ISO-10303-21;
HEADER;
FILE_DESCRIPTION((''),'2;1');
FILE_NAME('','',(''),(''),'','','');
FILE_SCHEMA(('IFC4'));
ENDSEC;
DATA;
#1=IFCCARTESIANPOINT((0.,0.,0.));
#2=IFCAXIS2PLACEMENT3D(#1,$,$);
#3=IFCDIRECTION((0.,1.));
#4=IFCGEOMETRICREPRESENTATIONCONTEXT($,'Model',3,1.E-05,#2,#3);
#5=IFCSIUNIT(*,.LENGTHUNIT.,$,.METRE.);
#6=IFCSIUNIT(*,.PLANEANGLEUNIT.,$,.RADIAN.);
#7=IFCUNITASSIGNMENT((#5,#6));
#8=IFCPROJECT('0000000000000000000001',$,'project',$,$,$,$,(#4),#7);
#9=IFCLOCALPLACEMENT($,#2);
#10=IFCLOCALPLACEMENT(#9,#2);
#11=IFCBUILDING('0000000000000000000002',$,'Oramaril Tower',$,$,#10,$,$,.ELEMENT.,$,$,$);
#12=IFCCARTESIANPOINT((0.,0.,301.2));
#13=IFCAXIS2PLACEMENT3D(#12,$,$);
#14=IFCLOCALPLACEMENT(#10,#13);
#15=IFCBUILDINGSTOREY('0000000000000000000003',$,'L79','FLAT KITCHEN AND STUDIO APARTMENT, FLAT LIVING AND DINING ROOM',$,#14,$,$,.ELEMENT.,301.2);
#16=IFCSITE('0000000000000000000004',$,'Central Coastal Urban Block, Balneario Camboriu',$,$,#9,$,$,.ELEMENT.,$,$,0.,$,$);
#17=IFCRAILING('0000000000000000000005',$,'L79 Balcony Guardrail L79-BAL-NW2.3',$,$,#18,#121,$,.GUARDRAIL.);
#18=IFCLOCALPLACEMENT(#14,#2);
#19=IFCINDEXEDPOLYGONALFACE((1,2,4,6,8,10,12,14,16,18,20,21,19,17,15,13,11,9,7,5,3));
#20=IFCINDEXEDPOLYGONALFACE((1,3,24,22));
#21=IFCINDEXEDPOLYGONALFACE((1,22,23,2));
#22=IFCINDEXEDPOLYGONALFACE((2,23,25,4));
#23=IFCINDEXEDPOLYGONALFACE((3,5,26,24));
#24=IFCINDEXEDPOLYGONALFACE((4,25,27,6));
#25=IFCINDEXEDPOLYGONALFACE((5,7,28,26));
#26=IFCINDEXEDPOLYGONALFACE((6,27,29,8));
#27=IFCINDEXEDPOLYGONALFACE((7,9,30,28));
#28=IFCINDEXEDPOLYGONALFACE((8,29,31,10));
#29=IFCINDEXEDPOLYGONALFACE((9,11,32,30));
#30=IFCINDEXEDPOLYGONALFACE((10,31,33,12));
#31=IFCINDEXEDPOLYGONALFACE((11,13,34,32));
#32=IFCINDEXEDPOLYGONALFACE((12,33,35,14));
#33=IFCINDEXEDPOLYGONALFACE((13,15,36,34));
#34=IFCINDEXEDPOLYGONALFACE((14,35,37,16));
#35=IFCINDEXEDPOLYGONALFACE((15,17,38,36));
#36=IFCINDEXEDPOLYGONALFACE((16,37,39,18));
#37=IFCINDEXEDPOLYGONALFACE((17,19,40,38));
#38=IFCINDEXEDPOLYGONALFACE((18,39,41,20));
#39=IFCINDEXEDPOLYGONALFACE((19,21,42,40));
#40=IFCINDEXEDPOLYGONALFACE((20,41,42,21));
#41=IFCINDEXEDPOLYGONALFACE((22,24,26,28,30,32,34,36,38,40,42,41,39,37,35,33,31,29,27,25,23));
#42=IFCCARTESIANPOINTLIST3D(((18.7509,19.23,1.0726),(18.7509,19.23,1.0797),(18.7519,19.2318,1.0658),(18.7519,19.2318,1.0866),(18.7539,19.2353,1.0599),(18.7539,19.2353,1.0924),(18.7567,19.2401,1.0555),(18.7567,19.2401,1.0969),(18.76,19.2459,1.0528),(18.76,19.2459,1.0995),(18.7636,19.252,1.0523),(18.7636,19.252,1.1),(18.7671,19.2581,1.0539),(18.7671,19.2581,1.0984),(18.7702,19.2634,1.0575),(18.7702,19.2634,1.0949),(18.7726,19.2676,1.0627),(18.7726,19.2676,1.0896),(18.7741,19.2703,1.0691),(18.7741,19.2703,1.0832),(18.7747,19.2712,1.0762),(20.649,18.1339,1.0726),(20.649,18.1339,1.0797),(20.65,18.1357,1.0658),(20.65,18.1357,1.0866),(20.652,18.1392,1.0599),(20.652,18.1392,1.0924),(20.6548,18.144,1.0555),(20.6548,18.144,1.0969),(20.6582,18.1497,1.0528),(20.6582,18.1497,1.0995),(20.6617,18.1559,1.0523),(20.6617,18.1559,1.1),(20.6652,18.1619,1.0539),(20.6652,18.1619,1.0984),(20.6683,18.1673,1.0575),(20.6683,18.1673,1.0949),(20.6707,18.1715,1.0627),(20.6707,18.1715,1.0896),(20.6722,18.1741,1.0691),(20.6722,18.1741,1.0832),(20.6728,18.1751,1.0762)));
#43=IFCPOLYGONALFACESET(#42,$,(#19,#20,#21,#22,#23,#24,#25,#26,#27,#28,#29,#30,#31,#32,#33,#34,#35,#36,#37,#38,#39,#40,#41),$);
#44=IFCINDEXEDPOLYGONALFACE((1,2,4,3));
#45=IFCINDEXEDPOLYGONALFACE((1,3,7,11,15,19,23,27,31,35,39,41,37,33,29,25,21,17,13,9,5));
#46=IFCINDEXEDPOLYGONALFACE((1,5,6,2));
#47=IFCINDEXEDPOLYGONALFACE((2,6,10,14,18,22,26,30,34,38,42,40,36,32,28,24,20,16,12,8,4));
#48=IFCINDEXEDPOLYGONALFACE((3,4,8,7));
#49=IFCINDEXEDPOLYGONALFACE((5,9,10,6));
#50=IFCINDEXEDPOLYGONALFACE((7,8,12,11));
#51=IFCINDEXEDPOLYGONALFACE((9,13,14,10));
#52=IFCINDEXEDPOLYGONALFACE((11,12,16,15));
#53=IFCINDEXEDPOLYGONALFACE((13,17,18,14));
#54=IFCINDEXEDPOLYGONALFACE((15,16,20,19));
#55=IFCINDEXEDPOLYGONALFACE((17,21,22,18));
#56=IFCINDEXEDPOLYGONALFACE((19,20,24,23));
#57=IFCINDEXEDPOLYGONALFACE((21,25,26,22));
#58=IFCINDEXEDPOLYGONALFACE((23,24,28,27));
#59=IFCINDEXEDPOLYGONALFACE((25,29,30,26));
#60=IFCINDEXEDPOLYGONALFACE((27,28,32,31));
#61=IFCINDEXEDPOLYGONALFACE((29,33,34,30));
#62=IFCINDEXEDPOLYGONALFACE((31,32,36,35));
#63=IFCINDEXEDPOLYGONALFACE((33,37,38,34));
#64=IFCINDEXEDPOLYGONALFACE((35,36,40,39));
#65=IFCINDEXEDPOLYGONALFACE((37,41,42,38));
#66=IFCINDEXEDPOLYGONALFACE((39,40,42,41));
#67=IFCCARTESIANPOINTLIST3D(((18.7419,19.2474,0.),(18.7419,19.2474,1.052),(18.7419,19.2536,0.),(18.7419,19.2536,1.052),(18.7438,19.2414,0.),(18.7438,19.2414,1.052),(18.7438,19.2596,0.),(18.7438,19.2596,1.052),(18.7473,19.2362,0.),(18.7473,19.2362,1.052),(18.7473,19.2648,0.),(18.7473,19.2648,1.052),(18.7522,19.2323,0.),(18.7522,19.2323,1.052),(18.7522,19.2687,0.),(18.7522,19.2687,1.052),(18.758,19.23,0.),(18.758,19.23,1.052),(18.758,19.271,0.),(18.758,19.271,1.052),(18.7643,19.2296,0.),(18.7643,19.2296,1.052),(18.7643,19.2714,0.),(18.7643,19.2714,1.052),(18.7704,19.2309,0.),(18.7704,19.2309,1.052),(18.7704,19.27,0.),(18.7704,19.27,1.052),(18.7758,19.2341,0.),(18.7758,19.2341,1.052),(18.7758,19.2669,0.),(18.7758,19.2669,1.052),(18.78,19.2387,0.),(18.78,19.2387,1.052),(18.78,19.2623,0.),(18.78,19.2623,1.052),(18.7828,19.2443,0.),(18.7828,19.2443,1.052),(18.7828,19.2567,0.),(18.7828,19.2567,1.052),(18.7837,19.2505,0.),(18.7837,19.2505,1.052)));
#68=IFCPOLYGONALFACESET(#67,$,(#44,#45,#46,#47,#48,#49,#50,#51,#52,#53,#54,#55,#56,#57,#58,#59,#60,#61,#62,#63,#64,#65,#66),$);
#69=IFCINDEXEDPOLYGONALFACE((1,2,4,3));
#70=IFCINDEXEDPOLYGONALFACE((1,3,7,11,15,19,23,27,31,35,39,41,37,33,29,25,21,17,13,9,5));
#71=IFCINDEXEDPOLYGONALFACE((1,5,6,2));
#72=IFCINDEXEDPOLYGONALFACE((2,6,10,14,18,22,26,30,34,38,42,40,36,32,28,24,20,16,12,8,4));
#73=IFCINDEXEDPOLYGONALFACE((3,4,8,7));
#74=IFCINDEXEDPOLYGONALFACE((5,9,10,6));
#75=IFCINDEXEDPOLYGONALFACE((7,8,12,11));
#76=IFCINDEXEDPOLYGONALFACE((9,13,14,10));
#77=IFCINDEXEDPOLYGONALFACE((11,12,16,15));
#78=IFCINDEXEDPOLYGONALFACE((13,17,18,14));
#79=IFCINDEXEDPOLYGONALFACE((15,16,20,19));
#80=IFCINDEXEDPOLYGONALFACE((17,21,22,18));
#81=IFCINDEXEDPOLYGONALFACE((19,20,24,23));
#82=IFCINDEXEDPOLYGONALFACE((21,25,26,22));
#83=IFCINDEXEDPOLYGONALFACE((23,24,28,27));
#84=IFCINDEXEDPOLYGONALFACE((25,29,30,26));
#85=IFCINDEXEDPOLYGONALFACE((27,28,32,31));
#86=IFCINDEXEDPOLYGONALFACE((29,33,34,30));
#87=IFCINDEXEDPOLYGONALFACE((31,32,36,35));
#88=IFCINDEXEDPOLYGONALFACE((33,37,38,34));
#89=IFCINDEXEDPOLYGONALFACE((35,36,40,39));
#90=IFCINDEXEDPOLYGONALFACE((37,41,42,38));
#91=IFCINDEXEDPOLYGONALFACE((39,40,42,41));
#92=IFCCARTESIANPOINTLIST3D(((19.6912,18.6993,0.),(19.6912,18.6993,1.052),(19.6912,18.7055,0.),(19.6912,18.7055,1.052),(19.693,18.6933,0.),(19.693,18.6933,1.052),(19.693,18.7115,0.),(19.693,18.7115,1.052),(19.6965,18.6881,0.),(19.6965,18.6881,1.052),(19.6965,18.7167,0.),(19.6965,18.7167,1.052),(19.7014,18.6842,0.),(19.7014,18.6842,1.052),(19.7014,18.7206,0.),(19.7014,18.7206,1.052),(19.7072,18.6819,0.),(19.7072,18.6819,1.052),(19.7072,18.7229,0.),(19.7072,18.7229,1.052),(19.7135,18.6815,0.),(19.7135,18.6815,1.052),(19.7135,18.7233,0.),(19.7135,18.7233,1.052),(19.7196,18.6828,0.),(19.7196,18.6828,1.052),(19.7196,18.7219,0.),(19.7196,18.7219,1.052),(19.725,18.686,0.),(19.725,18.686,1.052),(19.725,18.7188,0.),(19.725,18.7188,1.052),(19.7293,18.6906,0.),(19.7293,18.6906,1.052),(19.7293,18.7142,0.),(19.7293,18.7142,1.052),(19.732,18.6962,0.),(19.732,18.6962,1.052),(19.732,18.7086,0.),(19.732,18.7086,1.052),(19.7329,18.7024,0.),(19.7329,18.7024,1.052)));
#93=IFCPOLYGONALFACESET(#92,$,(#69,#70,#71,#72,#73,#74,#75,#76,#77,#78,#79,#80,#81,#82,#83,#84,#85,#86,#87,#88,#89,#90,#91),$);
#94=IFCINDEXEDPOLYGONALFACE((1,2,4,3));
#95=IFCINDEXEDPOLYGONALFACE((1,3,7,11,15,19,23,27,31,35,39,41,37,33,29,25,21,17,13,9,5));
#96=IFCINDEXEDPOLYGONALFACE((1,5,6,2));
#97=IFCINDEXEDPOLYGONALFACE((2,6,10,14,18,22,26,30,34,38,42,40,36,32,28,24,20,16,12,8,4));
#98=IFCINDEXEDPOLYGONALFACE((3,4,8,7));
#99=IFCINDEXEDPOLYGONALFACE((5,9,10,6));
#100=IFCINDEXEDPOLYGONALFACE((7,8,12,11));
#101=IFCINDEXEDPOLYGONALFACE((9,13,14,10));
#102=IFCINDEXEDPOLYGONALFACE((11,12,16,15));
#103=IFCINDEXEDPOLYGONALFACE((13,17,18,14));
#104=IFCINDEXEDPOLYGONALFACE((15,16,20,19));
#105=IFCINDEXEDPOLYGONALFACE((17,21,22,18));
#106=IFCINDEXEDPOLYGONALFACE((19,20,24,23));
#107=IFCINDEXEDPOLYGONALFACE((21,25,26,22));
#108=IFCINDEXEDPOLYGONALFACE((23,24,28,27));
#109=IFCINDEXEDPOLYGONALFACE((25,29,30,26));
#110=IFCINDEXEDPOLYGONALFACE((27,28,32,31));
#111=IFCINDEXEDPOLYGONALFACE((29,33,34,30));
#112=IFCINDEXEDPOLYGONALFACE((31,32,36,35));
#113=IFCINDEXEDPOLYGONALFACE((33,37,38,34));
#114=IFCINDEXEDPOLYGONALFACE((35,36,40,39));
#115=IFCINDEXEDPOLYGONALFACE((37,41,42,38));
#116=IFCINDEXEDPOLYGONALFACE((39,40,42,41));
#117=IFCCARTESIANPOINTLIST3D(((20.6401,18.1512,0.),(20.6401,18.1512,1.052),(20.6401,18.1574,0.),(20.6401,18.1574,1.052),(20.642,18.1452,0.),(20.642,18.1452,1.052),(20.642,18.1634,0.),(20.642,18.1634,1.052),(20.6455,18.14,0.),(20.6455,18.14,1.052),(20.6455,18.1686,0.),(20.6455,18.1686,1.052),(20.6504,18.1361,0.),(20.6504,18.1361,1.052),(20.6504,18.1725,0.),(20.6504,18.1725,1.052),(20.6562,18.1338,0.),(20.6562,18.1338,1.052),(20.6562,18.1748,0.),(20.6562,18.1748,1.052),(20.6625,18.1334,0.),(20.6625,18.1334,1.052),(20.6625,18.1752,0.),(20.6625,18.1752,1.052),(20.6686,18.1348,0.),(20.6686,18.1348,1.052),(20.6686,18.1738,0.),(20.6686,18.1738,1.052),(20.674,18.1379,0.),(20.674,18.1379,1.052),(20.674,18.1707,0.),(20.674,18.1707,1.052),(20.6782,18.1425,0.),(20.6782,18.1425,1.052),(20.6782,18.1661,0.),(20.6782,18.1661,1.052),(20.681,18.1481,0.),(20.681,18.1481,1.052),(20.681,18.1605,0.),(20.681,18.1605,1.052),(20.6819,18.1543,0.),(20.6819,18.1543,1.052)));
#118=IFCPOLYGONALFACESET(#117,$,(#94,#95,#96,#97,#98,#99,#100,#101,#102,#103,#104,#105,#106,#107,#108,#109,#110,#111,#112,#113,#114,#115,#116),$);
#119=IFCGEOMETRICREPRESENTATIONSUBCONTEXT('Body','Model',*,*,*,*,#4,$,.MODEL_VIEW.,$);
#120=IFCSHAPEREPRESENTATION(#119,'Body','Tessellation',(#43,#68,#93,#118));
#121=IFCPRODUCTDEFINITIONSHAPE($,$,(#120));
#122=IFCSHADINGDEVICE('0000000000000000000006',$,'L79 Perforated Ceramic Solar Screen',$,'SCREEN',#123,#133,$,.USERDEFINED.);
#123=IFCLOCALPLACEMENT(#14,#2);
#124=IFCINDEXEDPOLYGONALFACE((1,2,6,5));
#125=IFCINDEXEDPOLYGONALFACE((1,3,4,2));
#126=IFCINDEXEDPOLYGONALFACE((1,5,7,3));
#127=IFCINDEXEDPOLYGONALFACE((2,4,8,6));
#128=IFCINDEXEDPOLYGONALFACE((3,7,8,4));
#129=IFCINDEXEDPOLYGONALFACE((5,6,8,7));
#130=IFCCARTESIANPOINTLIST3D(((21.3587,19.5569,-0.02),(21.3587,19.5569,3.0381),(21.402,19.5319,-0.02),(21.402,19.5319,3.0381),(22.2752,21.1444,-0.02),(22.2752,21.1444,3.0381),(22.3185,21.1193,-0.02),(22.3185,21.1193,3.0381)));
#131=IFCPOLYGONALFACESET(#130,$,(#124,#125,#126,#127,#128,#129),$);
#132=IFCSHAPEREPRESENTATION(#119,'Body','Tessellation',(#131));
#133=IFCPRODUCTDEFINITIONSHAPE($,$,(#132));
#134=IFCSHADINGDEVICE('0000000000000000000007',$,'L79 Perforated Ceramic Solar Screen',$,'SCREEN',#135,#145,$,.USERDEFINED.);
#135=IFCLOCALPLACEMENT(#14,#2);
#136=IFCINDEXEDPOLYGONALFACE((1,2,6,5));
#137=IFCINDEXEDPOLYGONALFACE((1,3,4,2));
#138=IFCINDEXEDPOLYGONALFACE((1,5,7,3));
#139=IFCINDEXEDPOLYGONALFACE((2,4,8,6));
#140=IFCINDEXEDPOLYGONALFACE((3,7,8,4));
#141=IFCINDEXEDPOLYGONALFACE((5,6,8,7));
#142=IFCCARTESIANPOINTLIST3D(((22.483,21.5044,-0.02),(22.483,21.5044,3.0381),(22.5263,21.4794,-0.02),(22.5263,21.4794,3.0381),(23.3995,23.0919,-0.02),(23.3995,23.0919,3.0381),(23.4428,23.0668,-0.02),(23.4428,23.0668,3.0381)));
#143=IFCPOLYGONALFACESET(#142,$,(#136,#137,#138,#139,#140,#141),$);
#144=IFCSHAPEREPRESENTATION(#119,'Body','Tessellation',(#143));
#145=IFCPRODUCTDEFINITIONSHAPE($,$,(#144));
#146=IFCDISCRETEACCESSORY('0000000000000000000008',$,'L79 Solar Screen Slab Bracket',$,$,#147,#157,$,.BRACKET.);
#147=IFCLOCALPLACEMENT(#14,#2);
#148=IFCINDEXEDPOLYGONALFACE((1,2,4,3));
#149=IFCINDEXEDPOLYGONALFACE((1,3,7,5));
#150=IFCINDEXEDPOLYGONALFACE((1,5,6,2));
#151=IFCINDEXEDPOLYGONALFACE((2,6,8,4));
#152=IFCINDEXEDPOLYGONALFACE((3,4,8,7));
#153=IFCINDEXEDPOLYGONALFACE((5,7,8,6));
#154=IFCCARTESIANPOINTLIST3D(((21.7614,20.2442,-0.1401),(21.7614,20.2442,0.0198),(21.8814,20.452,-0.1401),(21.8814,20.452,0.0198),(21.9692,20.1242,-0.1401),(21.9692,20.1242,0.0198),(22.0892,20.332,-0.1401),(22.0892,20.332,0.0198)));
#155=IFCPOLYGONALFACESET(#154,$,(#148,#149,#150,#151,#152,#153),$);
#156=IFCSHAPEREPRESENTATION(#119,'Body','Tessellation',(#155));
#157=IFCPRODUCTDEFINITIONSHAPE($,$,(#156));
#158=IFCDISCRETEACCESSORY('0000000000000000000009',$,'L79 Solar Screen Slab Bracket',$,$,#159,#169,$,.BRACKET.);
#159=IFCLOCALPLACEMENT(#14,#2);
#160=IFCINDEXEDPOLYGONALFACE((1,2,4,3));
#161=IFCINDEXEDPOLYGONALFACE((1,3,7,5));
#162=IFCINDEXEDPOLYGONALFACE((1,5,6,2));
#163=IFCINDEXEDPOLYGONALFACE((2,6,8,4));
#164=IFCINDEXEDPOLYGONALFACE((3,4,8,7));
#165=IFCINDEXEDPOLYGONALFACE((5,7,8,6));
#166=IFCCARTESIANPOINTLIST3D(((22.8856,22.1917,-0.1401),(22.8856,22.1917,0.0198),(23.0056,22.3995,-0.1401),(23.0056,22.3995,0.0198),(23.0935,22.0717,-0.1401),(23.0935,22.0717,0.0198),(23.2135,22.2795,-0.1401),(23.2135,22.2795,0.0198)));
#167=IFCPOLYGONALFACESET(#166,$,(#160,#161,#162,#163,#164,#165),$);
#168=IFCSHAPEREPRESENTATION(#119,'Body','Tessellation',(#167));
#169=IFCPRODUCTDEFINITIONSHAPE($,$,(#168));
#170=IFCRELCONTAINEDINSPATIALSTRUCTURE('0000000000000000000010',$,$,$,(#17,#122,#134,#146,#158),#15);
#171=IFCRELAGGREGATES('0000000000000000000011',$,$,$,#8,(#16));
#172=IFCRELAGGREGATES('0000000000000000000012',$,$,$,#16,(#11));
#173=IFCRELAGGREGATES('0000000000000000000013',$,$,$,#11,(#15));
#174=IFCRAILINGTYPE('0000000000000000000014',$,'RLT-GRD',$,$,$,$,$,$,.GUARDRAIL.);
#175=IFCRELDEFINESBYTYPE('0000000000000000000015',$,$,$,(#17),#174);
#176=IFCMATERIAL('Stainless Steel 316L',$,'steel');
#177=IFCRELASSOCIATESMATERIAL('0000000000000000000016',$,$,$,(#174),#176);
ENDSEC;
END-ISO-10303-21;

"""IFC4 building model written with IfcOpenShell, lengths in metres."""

from ifc_helpers import new_model, si_unit, direction, frame, origin, origin_2d, place, context, subcontext, project, spatial, rectangle, circle, extrude, material, type_object, element, save


model = new_model("IFC4")

# Units and contexts
model_context = context("Model", 3, precision=1e-05, world=origin(), true_north=direction((0.0, 1.0)))
body_context = subcontext(model_context, "Body", "Model", "MODEL_VIEW")
ifc_project = project(units=[si_unit("LENGTHUNIT", "METRE"), si_unit("PLANEANGLEUNIT", "RADIAN")], contexts=[model_context])

# Site, building, storey
site_placement = place(None, origin())
site = spatial("IfcSite", under=ifc_project, at=site_placement, Name="Central Coastal Urban Block, Balneario Camboriu", CompositionType="ELEMENT", RefElevation=0.0)
building_placement = place(site_placement, origin())
building = spatial("IfcBuilding", under=site, at=building_placement, Name="Oramaril Tower", CompositionType="ELEMENT")
storey_placement = place(building_placement, frame((0.0, 0.0, 301.2)))
storey = spatial("IfcBuildingStorey", under=building, at=storey_placement, Name="L79", Description="FLAT KITCHEN AND STUDIO APARTMENT, FLAT LIVING AND DINING ROOM", CompositionType="ELEMENT", Elevation=301.2)

# Railing
ifc_material_1 = material(Name="Stainless Steel 316L", Category="steel")
railing_type = type_object("IfcRailingType", Name="RLT-GRD", PredefinedType="GUARDRAIL", material=ifc_material_1)
railing_placement = place(storey_placement, frame((18.7627, 19.2505, 0.0)))
element("IfcRailing", 1, at=railing_placement, inside=storey, type_object=railing_type, Name="L79 Balcony Guardrail L79-BAL-NW2.3", PredefinedType="GUARDRAIL", context=body_context, shape_type="SweptSolid", body=[
    extrude(circle(Radius=0.0239, at=origin_2d()), frame((0.0, 0.0, 1.0762), z_axis=(0.865972, -0.500092, 0.0), x_axis=(0.500092, 0.865972, 0.0)), (0.0, 0.0, 1.0), 2.1919),
    extrude(circle(Radius=0.021, at=origin_2d()), origin(), (0.0, 0.0, 1.0), 1.052),
    extrude(circle(Radius=0.021, at=origin_2d()), frame((0.9492, -0.5481, 0.0)), (0.0, 0.0, 1.0), 1.052),
    extrude(circle(Radius=0.021, at=origin_2d()), frame((1.8982, -1.0962, 0.0)), (0.0, 0.0, 1.0), 1.052),
])

# Shading devices
for number, where, z_axis, x_axis, name in (
    (2, (21.8386, 20.3381, -0.02), (0.0, 0.0, 1.0), (-0.500002, -0.866025, 0.0), "L79 Perforated Ceramic Solar Screen"),
    (3, (22.9629, 22.2856, -0.02), (0.0, 0.0, 1.0), (-0.500002, -0.866025, 0.0), "L79 Perforated Ceramic Solar Screen"),
):
    element("IfcShadingDevice", number, at=place(storey_placement, frame(where, z_axis=z_axis, x_axis=x_axis)), inside=storey, Name=name, ObjectType="SCREEN", PredefinedType="USERDEFINED", context=body_context, shape_type="SweptSolid", body=[
        extrude(rectangle(XDim=1.833, YDim=0.05, at=origin_2d()), origin(), (0.0, 0.0, 1.0), 3.0581),
    ])

# Discrete accessories
for number, where, z_axis, x_axis, name in (
    (4, (21.9253, 20.2881, -0.1401), (0.0, 0.0, 1.0), (-0.500002, -0.866025, 0.0), "L79 Solar Screen Slab Bracket"),
    (5, (23.0496, 22.2356, -0.1401), (0.0, 0.0, 1.0), (-0.500002, -0.866025, 0.0), "L79 Solar Screen Slab Bracket"),
):
    element("IfcDiscreteAccessory", number, at=place(storey_placement, frame(where, z_axis=z_axis, x_axis=x_axis)), inside=storey, Name=name, PredefinedType="BRACKET", context=body_context, shape_type="SweptSolid", body=[
        extrude(rectangle(XDim=0.24, YDim=0.24, at=origin_2d()), origin(), (0.0, 0.0, 1.0), 0.1599),
    ])

save(model, "model.ifc")
